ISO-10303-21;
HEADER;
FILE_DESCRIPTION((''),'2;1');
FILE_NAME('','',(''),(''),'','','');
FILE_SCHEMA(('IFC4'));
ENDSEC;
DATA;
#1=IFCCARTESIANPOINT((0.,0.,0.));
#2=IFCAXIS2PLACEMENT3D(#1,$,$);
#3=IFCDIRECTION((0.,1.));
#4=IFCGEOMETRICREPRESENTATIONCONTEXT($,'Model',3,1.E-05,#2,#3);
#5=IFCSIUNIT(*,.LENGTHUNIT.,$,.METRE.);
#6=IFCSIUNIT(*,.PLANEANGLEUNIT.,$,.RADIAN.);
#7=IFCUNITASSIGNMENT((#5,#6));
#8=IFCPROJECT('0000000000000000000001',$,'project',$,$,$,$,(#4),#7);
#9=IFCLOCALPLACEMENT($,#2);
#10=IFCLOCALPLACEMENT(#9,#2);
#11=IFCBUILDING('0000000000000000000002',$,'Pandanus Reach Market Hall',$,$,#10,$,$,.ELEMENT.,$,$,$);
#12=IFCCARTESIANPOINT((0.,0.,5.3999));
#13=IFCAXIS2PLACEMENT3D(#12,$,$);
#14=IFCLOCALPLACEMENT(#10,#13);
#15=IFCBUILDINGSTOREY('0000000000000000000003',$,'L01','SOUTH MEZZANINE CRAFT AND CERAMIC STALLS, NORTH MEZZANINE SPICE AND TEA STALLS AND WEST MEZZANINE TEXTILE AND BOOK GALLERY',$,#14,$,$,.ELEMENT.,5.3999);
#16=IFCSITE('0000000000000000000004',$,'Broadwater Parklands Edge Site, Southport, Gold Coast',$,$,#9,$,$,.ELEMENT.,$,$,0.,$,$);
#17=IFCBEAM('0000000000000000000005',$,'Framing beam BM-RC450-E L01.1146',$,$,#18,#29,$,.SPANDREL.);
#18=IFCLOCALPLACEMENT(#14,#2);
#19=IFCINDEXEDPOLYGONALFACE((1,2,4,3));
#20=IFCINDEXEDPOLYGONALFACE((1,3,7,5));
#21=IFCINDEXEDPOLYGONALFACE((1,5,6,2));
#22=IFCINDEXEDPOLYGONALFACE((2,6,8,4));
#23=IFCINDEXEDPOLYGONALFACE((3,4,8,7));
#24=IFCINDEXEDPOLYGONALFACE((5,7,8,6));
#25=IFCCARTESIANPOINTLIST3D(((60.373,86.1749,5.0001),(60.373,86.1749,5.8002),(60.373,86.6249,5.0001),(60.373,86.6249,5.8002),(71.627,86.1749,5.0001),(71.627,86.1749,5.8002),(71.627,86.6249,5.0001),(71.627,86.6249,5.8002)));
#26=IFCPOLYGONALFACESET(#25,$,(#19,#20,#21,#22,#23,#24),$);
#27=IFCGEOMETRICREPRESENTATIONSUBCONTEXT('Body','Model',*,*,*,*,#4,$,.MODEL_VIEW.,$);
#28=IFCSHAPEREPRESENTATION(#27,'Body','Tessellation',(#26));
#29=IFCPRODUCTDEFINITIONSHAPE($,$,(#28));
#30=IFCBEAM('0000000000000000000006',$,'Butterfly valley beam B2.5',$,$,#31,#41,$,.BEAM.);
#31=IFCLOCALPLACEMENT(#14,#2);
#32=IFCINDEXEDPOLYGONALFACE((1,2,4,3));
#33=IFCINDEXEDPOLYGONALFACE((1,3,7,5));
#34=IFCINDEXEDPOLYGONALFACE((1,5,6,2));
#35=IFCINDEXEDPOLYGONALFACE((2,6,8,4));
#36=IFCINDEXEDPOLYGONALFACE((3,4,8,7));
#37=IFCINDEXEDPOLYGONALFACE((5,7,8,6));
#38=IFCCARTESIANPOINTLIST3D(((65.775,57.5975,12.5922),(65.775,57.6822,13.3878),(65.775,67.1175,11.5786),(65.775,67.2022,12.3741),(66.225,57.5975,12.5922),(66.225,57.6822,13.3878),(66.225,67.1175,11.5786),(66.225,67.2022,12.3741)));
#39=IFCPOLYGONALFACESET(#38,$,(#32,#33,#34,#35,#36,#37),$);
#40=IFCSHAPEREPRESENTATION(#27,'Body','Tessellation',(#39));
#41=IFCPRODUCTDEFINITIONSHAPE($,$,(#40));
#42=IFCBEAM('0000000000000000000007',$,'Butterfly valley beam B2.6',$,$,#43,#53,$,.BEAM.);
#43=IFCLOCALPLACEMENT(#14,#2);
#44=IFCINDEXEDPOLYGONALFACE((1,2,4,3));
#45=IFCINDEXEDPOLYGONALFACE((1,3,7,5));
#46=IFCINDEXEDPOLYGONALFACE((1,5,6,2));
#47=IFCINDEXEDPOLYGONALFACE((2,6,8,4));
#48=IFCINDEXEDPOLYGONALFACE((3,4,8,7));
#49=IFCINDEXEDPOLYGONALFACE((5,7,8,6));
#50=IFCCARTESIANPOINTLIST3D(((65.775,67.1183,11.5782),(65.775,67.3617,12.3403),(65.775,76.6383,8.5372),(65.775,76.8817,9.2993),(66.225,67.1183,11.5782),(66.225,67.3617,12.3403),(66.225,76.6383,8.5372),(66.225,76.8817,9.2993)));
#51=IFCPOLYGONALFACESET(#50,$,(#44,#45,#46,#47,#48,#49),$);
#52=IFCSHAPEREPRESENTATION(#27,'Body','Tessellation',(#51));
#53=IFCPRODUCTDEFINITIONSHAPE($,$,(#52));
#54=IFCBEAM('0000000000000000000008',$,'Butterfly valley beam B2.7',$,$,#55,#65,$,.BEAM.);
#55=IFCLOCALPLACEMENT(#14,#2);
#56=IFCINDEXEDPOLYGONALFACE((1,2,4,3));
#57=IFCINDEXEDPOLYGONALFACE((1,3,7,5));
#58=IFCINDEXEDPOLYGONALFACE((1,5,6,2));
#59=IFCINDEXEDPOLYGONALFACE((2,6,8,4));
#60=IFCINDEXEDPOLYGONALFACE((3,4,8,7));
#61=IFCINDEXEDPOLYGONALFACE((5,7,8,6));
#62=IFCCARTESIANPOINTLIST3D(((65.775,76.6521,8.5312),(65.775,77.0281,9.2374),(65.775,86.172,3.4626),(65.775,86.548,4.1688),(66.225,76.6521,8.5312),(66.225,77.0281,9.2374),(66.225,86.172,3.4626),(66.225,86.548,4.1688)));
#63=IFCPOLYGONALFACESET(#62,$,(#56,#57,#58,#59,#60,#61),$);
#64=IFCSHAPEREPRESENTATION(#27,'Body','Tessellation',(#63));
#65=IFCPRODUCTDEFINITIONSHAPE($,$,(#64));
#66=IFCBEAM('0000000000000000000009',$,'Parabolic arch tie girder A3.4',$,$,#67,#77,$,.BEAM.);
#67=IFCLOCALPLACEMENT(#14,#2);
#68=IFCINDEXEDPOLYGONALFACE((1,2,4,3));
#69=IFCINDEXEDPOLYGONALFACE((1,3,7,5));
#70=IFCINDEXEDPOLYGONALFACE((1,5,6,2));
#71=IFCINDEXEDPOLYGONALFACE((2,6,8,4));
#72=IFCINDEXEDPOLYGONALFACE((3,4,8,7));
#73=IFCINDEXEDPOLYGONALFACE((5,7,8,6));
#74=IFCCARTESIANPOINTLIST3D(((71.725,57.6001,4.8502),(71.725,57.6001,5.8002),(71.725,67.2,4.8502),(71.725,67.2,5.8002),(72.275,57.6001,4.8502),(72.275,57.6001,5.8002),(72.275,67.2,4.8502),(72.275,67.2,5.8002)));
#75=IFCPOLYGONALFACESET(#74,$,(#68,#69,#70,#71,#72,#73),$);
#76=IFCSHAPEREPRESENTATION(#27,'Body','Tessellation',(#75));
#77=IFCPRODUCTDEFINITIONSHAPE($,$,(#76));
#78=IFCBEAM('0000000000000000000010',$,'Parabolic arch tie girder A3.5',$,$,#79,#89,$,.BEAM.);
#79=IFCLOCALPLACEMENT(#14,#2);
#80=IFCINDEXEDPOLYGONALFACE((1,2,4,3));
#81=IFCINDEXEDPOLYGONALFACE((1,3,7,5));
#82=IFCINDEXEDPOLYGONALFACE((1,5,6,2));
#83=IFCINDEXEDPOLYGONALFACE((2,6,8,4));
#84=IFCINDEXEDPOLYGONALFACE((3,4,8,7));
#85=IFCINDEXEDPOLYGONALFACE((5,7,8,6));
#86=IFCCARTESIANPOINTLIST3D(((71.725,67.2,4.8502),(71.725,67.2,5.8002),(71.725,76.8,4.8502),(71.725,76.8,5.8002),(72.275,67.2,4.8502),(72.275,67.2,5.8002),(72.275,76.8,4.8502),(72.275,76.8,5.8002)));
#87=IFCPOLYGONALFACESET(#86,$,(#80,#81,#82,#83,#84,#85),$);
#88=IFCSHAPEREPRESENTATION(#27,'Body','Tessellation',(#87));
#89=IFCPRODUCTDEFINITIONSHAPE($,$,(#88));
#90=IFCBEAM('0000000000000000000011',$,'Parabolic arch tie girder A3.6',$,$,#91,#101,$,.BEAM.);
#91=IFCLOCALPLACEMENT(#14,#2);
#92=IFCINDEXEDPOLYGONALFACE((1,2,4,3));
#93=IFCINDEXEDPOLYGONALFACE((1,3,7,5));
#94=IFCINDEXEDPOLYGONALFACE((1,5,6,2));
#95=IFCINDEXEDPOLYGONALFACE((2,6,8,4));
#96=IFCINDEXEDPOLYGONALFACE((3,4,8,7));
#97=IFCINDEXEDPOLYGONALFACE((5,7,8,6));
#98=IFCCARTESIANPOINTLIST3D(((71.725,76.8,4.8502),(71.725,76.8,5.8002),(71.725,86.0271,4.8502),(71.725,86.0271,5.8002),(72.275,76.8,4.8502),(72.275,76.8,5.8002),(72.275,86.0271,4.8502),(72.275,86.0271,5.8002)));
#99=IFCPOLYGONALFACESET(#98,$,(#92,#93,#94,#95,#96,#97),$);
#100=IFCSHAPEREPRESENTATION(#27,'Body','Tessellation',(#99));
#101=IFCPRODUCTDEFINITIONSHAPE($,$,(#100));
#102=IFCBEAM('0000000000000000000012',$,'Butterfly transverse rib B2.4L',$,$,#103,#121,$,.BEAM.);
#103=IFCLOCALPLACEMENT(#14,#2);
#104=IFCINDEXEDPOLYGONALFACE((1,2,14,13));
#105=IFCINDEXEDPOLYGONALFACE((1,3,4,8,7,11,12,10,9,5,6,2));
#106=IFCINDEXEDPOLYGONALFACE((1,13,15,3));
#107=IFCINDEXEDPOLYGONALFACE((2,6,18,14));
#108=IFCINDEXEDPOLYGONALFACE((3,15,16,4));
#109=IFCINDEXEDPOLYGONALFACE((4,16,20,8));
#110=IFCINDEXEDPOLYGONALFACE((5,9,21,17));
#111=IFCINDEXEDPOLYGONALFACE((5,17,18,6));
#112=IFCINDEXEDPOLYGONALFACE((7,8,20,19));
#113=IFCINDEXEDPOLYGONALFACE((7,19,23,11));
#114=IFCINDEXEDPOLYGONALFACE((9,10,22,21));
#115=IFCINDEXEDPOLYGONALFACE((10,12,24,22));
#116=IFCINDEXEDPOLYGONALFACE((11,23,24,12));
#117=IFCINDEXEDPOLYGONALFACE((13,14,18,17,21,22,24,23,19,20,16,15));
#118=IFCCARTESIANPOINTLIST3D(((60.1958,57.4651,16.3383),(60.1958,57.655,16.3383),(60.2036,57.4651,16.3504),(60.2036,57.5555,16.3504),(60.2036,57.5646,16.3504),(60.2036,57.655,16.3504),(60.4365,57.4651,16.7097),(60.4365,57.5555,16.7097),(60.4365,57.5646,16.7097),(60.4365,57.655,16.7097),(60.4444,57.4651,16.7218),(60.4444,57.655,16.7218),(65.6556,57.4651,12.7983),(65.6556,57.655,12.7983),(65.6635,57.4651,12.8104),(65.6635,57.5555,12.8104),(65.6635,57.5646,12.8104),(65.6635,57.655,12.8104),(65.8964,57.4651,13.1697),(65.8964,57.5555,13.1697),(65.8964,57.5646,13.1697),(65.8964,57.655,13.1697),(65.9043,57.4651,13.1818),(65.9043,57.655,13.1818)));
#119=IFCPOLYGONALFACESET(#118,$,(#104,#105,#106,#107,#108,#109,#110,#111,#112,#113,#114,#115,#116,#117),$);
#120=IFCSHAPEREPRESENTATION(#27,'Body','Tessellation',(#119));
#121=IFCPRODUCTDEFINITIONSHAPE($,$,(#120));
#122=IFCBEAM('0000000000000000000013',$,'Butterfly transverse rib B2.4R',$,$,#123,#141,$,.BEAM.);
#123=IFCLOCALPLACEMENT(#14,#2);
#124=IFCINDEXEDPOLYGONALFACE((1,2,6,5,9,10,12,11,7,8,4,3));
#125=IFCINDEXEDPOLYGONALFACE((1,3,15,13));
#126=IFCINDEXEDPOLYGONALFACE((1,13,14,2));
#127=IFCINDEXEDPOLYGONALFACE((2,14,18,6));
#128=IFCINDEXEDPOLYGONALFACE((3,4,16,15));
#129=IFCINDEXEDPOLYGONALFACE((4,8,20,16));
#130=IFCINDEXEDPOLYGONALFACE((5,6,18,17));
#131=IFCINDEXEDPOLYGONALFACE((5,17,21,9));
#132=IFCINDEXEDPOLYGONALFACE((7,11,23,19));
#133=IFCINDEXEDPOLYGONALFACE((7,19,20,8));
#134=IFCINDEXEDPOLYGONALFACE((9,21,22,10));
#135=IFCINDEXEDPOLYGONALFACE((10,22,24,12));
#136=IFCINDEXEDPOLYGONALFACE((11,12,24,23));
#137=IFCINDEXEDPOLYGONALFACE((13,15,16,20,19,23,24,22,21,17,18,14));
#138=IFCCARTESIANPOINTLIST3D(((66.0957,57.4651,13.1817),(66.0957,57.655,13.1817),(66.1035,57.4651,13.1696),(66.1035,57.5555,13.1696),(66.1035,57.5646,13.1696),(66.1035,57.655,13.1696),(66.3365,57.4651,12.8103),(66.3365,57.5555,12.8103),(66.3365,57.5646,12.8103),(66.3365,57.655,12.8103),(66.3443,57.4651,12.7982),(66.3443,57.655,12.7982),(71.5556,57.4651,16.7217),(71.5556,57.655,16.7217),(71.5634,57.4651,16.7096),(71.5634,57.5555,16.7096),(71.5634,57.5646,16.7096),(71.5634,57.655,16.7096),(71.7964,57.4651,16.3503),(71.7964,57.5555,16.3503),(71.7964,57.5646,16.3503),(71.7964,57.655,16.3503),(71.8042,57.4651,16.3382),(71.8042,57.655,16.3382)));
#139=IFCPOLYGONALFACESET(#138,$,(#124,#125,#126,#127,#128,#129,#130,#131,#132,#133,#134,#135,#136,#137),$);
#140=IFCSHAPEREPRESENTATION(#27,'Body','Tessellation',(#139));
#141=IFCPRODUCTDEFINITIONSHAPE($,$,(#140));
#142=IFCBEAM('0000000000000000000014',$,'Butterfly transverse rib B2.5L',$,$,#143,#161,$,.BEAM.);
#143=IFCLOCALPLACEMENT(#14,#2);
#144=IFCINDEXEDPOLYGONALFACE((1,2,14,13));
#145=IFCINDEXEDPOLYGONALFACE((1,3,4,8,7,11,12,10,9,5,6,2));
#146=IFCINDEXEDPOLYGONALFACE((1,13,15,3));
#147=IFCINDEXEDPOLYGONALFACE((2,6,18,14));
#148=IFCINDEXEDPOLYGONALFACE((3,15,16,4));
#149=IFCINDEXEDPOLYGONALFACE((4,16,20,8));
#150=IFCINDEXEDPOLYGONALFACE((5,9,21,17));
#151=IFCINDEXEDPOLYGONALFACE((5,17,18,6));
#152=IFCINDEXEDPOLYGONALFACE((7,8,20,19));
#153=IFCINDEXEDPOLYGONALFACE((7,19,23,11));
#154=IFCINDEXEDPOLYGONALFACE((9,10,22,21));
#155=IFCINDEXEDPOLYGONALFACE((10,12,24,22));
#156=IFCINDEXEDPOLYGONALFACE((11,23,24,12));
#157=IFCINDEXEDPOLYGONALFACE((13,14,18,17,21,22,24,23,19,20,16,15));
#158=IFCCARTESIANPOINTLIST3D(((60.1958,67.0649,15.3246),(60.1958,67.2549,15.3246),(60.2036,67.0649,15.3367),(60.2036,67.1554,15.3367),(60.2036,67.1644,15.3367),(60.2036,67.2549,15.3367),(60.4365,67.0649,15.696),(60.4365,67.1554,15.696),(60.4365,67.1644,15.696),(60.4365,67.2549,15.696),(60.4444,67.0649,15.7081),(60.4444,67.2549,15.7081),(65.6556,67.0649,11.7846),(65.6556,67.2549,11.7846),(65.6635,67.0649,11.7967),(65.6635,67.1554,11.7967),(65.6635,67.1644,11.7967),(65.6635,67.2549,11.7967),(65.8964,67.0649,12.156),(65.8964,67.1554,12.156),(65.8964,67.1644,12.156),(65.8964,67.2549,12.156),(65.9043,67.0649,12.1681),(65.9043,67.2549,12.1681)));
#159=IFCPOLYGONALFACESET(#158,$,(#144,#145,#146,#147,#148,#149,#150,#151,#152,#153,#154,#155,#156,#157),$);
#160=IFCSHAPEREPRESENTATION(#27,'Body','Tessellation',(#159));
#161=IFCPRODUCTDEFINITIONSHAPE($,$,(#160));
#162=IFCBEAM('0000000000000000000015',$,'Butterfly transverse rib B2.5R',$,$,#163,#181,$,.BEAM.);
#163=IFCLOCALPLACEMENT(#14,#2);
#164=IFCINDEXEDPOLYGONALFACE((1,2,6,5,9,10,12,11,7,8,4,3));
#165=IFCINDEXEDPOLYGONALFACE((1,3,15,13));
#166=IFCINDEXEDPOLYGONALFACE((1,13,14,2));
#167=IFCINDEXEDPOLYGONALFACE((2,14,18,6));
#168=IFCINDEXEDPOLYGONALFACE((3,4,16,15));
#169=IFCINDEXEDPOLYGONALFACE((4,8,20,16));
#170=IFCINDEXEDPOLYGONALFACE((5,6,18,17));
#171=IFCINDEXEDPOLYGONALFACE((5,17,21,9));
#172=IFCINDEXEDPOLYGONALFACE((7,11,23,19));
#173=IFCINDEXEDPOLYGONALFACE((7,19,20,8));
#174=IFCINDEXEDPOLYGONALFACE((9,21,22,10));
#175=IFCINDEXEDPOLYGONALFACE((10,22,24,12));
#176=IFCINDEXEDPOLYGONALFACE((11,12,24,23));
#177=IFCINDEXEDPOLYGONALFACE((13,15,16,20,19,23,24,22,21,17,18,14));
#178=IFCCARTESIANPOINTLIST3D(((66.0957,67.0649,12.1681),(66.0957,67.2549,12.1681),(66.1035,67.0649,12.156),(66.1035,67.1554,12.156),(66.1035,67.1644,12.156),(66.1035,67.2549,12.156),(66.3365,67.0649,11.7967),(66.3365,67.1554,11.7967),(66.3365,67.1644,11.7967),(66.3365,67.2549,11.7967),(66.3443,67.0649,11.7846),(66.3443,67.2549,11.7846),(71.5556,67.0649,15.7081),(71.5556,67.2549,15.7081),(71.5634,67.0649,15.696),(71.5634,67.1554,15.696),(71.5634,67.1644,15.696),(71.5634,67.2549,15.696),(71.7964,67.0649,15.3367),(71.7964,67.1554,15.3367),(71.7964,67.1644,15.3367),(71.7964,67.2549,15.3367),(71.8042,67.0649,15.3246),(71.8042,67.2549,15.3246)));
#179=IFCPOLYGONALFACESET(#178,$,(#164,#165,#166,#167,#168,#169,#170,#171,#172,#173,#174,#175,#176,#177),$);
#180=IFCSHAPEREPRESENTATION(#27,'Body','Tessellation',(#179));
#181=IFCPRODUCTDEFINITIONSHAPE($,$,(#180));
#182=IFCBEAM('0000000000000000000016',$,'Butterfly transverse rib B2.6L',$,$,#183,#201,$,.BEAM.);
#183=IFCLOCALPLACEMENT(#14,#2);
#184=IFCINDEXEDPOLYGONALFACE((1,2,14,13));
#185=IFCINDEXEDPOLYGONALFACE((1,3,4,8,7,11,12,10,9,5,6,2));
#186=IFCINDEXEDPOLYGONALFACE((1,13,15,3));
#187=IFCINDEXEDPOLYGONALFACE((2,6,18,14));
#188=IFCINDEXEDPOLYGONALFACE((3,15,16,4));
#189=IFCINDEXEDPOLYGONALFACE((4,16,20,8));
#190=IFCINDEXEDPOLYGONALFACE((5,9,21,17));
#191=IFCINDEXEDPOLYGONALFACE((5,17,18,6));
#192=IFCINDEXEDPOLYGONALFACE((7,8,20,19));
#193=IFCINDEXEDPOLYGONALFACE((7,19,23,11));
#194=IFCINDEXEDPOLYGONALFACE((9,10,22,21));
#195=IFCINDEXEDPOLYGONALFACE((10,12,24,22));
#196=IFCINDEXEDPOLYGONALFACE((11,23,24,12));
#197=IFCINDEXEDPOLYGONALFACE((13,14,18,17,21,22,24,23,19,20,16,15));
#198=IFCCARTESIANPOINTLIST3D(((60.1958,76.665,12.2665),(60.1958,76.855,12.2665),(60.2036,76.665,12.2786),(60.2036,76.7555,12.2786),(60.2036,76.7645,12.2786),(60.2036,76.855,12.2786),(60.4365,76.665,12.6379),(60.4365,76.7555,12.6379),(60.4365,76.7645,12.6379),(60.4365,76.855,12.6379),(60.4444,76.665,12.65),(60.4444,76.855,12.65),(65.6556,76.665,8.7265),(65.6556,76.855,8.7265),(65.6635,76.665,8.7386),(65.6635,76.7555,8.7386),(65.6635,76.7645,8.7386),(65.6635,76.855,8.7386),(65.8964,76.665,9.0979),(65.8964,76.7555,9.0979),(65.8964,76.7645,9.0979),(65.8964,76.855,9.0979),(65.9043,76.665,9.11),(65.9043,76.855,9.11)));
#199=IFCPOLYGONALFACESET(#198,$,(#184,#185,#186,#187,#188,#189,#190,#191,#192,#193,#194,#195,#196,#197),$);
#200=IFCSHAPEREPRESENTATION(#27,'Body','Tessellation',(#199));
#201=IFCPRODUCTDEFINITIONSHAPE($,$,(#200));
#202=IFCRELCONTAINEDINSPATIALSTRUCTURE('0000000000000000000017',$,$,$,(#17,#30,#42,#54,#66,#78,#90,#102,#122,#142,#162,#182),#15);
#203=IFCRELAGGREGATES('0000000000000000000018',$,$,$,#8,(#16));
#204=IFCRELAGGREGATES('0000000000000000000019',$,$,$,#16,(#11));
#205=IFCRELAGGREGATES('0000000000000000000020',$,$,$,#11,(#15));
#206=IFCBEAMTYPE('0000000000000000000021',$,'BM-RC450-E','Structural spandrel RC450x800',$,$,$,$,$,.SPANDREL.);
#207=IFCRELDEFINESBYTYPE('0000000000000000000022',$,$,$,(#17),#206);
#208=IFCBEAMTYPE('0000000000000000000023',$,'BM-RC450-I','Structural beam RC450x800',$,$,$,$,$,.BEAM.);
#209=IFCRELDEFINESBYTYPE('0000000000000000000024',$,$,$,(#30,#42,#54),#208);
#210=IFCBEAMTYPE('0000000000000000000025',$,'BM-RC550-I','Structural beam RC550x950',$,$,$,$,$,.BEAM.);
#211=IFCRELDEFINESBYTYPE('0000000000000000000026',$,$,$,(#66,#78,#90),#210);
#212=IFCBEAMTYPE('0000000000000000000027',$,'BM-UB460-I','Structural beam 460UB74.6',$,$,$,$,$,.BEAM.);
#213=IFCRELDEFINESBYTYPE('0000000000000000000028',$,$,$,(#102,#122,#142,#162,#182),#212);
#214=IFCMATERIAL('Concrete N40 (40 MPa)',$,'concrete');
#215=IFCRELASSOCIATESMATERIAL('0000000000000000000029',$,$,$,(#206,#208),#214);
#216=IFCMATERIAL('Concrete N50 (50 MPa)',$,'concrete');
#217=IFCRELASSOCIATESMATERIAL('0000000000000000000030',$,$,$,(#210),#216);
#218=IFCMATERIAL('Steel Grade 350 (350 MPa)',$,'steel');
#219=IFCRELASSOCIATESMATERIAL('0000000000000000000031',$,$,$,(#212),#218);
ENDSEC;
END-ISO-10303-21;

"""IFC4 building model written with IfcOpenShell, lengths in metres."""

from ifc_helpers import new_model, si_unit, direction, frame, origin, origin_2d, place, context, subcontext, project, spatial, rectangle, i_section, extrude, material, material_profile, profile_set, type_object, element, save


model = new_model("IFC4")

# Units and contexts
model_context = context("Model", 3, precision=1e-05, world=origin(), true_north=direction((0.0, 1.0)))
body_context = subcontext(model_context, "Body", "Model", "MODEL_VIEW")
ifc_project = project(units=[si_unit("LENGTHUNIT", "METRE"), si_unit("PLANEANGLEUNIT", "RADIAN")], contexts=[model_context])

# Site, building, storey
site_placement = place(None, origin())
site = spatial("IfcSite", under=ifc_project, at=site_placement, Name="Broadwater Parklands Edge Site, Southport, Gold Coast", CompositionType="ELEMENT", RefElevation=0.0)
building_placement = place(site_placement, origin())
building = spatial("IfcBuilding", under=site, at=building_placement, Name="Pandanus Reach Market Hall", CompositionType="ELEMENT")
storey_placement = place(building_placement, frame((0.0, 0.0, 5.3999)))
storey = spatial("IfcBuildingStorey", under=building, at=storey_placement, Name="L01", Description="SOUTH MEZZANINE CRAFT AND CERAMIC STALLS, NORTH MEZZANINE SPICE AND TEA STALLS AND WEST MEZZANINE TEXTILE AND BOOK GALLERY", CompositionType="ELEMENT", Elevation=5.3999)

# Shared definitions
ifc_material_1 = material(Name="Concrete N50 (50 MPa)", Category="concrete")

# Beams
ifc_material_2 = material(Name="Concrete N40 (40 MPa)", Category="concrete")
ifc_material_profile_1 = material_profile(ifc_material_2, rectangle(XDim=0.45, YDim=0.8, at=origin_2d()), Name="RC450x800", Category="LoadBearing")
ifc_profile_set_1 = profile_set([ifc_material_profile_1], Name="Concrete N40 (40 MPa)")
beam_type_1 = type_object("IfcBeamType", Name="BM-RC450-E", Description="Structural spandrel RC450x800", PredefinedType="SPANDREL", material=ifc_profile_set_1)
beam_1_placement = place(storey_placement, frame((60.373, 86.3999, 5.4001), z_axis=(1.0, 0.0, 0.0), x_axis=(0.0, 1.0, 0.0)))
element("IfcBeam", 1, at=beam_1_placement, inside=storey, type_object=beam_type_1, Name="Framing beam BM-RC450-E L01.1146", PredefinedType="SPANDREL", context=body_context, shape_type="SweptSolid", body=[
    extrude(rectangle(XDim=0.45, YDim=0.8, at=origin_2d()), origin(), (0.0, 0.0, 1.0), 11.2539),
])
ifc_material_profile_2 = material_profile(ifc_material_2, rectangle(XDim=0.45, YDim=0.8, at=origin_2d()), Name="RC450x800", Category="LoadBearing")
ifc_profile_set_2 = profile_set([ifc_material_profile_2], Name="Concrete N40 (40 MPa)")
beam_type_2 = type_object("IfcBeamType", Name="BM-RC450-I", Description="Structural beam RC450x800", PredefinedType="BEAM", material=ifc_profile_set_2)
beam_2_placement = place(storey_placement, frame((66.0, 57.6399, 12.99), z_axis=(0.0, 0.994379, -0.105879), x_axis=(-1.0, 0.0, 0.0)))
element("IfcBeam", 2, at=beam_2_placement, inside=storey, type_object=beam_type_2, Name="Butterfly valley beam B2.5", PredefinedType="BEAM", context=body_context, shape_type="SweptSolid", body=[
    extrude(rectangle(XDim=0.45, YDim=0.8, at=origin_2d()), origin(), (0.0, 0.0, 1.0), 9.5737),
])
beam_3_placement = place(storey_placement, frame((66.0, 67.24, 11.9592), z_axis=(0.0, 0.952581, -0.304286), x_axis=(-1.0, 0.0, 0.0)))
element("IfcBeam", 3, at=beam_3_placement, inside=storey, type_object=beam_type_2, Name="Butterfly valley beam B2.6", PredefinedType="BEAM", context=body_context, shape_type="SweptSolid", body=[
    extrude(rectangle(XDim=0.45, YDim=0.8, at=origin_2d()), origin(), (0.0, 0.0, 1.0), 9.9939),
])
beam_4_placement = place(storey_placement, frame((66.0, 76.8401, 8.8843), z_axis=(0.0, 0.882689, -0.469957), x_axis=(-1.0, 0.0, 0.0)))
element("IfcBeam", 4, at=beam_4_placement, inside=storey, type_object=beam_type_2, Name="Butterfly valley beam B2.7", PredefinedType="BEAM", context=body_context, shape_type="SweptSolid", body=[
    extrude(rectangle(XDim=0.45, YDim=0.8, at=origin_2d()), origin(), (0.0, 0.0, 1.0), 10.7852),
])
ifc_material_profile_3 = material_profile(ifc_material_1, rectangle(XDim=0.55, YDim=0.95, at=origin_2d()), Name="RC550x950", Category="LoadBearing")
ifc_profile_set_3 = profile_set([ifc_material_profile_3], Name="Concrete N50 (50 MPa)")
beam_type_3 = type_object("IfcBeamType", Name="BM-RC550-I", Description="Structural beam RC550x950", PredefinedType="BEAM", material=ifc_profile_set_3)
beam_5_placement = place(storey_placement, frame((72.0, 57.6001, 5.3252), z_axis=(0.0, 1.0, 0.0), x_axis=(-1.0, 0.0, 0.0)))
element("IfcBeam", 5, at=beam_5_placement, inside=storey, type_object=beam_type_3, Name="Parabolic arch tie girder A3.4", PredefinedType="BEAM", context=body_context, shape_type="SweptSolid", body=[
    extrude(rectangle(XDim=0.55, YDim=0.95, at=origin_2d()), origin(), (0.0, 0.0, 1.0), 9.5999),
])
beam_6_placement = place(storey_placement, frame((72.0, 67.2, 5.3252), z_axis=(0.0, 1.0, 0.0), x_axis=(-1.0, 0.0, 0.0)))
element("IfcBeam", 6, at=beam_6_placement, inside=storey, type_object=beam_type_3, Name="Parabolic arch tie girder A3.5", PredefinedType="BEAM", context=body_context, shape_type="SweptSolid", body=[
    extrude(rectangle(XDim=0.55, YDim=0.95, at=origin_2d()), origin(), (0.0, 0.0, 1.0), 9.6001),
])
beam_7_placement = place(storey_placement, frame((72.0, 76.8, 5.3252), z_axis=(0.0, 1.0, 0.0), x_axis=(-1.0, 0.0, 0.0)))
element("IfcBeam", 7, at=beam_7_placement, inside=storey, type_object=beam_type_3, Name="Parabolic arch tie girder A3.6", PredefinedType="BEAM", context=body_context, shape_type="SweptSolid", body=[
    extrude(rectangle(XDim=0.55, YDim=0.95, at=origin_2d()), origin(), (0.0, 0.0, 1.0), 9.2271),
])
ifc_material_3 = material(Name="Steel Grade 350 (350 MPa)", Category="steel")
ifc_material_profile_4 = material_profile(ifc_material_3, i_section(OverallWidth=0.1899, OverallDepth=0.457, WebThickness=0.009, FlangeThickness=0.0144, at=origin_2d()), Name="460UB74.6", Category="LoadBearing")
ifc_profile_set_4 = profile_set([ifc_material_profile_4], Name="Steel Grade 350 (350 MPa)")
beam_type_4 = type_object("IfcBeamType", Name="BM-UB460-I", Description="Structural beam 460UB74.6", PredefinedType="BEAM", material=ifc_profile_set_4)
for number, where, z_axis, x_axis, name in (
    (8, (60.3201, 57.5601, 16.53), (0.839071, 0.0, -0.544023), (0.0, 1.0, 0.0), "Butterfly transverse rib B2.4L"),
    (9, (66.22, 57.5601, 12.99), (0.839071, 0.0, 0.544023), (0.0, 1.0, 0.0), "Butterfly transverse rib B2.4R"),
    (10, (60.3201, 67.1599, 15.5164), (0.839071, 0.0, -0.544023), (0.0, 1.0, 0.0), "Butterfly transverse rib B2.5L"),
    (11, (66.22, 67.1599, 11.9763), (0.839071, 0.0, 0.544023), (0.0, 1.0, 0.0), "Butterfly transverse rib B2.5R"),
    (12, (60.3201, 76.76, 12.4583), (0.839071, 0.0, -0.544023), (0.0, 1.0, 0.0), "Butterfly transverse rib B2.6L"),
):
    element("IfcBeam", number, at=place(storey_placement, frame(where, z_axis=z_axis, x_axis=x_axis)), inside=storey, type_object=beam_type_4, Name=name, PredefinedType="BEAM", context=body_context, shape_type="SweptSolid", body=[
        extrude(i_section(OverallWidth=0.1899, OverallDepth=0.457, WebThickness=0.009, FlangeThickness=0.0144, at=origin_2d()), origin(), (0.0, 0.0, 1.0), 6.5071),
    ])

save(model, "model.ifc")
